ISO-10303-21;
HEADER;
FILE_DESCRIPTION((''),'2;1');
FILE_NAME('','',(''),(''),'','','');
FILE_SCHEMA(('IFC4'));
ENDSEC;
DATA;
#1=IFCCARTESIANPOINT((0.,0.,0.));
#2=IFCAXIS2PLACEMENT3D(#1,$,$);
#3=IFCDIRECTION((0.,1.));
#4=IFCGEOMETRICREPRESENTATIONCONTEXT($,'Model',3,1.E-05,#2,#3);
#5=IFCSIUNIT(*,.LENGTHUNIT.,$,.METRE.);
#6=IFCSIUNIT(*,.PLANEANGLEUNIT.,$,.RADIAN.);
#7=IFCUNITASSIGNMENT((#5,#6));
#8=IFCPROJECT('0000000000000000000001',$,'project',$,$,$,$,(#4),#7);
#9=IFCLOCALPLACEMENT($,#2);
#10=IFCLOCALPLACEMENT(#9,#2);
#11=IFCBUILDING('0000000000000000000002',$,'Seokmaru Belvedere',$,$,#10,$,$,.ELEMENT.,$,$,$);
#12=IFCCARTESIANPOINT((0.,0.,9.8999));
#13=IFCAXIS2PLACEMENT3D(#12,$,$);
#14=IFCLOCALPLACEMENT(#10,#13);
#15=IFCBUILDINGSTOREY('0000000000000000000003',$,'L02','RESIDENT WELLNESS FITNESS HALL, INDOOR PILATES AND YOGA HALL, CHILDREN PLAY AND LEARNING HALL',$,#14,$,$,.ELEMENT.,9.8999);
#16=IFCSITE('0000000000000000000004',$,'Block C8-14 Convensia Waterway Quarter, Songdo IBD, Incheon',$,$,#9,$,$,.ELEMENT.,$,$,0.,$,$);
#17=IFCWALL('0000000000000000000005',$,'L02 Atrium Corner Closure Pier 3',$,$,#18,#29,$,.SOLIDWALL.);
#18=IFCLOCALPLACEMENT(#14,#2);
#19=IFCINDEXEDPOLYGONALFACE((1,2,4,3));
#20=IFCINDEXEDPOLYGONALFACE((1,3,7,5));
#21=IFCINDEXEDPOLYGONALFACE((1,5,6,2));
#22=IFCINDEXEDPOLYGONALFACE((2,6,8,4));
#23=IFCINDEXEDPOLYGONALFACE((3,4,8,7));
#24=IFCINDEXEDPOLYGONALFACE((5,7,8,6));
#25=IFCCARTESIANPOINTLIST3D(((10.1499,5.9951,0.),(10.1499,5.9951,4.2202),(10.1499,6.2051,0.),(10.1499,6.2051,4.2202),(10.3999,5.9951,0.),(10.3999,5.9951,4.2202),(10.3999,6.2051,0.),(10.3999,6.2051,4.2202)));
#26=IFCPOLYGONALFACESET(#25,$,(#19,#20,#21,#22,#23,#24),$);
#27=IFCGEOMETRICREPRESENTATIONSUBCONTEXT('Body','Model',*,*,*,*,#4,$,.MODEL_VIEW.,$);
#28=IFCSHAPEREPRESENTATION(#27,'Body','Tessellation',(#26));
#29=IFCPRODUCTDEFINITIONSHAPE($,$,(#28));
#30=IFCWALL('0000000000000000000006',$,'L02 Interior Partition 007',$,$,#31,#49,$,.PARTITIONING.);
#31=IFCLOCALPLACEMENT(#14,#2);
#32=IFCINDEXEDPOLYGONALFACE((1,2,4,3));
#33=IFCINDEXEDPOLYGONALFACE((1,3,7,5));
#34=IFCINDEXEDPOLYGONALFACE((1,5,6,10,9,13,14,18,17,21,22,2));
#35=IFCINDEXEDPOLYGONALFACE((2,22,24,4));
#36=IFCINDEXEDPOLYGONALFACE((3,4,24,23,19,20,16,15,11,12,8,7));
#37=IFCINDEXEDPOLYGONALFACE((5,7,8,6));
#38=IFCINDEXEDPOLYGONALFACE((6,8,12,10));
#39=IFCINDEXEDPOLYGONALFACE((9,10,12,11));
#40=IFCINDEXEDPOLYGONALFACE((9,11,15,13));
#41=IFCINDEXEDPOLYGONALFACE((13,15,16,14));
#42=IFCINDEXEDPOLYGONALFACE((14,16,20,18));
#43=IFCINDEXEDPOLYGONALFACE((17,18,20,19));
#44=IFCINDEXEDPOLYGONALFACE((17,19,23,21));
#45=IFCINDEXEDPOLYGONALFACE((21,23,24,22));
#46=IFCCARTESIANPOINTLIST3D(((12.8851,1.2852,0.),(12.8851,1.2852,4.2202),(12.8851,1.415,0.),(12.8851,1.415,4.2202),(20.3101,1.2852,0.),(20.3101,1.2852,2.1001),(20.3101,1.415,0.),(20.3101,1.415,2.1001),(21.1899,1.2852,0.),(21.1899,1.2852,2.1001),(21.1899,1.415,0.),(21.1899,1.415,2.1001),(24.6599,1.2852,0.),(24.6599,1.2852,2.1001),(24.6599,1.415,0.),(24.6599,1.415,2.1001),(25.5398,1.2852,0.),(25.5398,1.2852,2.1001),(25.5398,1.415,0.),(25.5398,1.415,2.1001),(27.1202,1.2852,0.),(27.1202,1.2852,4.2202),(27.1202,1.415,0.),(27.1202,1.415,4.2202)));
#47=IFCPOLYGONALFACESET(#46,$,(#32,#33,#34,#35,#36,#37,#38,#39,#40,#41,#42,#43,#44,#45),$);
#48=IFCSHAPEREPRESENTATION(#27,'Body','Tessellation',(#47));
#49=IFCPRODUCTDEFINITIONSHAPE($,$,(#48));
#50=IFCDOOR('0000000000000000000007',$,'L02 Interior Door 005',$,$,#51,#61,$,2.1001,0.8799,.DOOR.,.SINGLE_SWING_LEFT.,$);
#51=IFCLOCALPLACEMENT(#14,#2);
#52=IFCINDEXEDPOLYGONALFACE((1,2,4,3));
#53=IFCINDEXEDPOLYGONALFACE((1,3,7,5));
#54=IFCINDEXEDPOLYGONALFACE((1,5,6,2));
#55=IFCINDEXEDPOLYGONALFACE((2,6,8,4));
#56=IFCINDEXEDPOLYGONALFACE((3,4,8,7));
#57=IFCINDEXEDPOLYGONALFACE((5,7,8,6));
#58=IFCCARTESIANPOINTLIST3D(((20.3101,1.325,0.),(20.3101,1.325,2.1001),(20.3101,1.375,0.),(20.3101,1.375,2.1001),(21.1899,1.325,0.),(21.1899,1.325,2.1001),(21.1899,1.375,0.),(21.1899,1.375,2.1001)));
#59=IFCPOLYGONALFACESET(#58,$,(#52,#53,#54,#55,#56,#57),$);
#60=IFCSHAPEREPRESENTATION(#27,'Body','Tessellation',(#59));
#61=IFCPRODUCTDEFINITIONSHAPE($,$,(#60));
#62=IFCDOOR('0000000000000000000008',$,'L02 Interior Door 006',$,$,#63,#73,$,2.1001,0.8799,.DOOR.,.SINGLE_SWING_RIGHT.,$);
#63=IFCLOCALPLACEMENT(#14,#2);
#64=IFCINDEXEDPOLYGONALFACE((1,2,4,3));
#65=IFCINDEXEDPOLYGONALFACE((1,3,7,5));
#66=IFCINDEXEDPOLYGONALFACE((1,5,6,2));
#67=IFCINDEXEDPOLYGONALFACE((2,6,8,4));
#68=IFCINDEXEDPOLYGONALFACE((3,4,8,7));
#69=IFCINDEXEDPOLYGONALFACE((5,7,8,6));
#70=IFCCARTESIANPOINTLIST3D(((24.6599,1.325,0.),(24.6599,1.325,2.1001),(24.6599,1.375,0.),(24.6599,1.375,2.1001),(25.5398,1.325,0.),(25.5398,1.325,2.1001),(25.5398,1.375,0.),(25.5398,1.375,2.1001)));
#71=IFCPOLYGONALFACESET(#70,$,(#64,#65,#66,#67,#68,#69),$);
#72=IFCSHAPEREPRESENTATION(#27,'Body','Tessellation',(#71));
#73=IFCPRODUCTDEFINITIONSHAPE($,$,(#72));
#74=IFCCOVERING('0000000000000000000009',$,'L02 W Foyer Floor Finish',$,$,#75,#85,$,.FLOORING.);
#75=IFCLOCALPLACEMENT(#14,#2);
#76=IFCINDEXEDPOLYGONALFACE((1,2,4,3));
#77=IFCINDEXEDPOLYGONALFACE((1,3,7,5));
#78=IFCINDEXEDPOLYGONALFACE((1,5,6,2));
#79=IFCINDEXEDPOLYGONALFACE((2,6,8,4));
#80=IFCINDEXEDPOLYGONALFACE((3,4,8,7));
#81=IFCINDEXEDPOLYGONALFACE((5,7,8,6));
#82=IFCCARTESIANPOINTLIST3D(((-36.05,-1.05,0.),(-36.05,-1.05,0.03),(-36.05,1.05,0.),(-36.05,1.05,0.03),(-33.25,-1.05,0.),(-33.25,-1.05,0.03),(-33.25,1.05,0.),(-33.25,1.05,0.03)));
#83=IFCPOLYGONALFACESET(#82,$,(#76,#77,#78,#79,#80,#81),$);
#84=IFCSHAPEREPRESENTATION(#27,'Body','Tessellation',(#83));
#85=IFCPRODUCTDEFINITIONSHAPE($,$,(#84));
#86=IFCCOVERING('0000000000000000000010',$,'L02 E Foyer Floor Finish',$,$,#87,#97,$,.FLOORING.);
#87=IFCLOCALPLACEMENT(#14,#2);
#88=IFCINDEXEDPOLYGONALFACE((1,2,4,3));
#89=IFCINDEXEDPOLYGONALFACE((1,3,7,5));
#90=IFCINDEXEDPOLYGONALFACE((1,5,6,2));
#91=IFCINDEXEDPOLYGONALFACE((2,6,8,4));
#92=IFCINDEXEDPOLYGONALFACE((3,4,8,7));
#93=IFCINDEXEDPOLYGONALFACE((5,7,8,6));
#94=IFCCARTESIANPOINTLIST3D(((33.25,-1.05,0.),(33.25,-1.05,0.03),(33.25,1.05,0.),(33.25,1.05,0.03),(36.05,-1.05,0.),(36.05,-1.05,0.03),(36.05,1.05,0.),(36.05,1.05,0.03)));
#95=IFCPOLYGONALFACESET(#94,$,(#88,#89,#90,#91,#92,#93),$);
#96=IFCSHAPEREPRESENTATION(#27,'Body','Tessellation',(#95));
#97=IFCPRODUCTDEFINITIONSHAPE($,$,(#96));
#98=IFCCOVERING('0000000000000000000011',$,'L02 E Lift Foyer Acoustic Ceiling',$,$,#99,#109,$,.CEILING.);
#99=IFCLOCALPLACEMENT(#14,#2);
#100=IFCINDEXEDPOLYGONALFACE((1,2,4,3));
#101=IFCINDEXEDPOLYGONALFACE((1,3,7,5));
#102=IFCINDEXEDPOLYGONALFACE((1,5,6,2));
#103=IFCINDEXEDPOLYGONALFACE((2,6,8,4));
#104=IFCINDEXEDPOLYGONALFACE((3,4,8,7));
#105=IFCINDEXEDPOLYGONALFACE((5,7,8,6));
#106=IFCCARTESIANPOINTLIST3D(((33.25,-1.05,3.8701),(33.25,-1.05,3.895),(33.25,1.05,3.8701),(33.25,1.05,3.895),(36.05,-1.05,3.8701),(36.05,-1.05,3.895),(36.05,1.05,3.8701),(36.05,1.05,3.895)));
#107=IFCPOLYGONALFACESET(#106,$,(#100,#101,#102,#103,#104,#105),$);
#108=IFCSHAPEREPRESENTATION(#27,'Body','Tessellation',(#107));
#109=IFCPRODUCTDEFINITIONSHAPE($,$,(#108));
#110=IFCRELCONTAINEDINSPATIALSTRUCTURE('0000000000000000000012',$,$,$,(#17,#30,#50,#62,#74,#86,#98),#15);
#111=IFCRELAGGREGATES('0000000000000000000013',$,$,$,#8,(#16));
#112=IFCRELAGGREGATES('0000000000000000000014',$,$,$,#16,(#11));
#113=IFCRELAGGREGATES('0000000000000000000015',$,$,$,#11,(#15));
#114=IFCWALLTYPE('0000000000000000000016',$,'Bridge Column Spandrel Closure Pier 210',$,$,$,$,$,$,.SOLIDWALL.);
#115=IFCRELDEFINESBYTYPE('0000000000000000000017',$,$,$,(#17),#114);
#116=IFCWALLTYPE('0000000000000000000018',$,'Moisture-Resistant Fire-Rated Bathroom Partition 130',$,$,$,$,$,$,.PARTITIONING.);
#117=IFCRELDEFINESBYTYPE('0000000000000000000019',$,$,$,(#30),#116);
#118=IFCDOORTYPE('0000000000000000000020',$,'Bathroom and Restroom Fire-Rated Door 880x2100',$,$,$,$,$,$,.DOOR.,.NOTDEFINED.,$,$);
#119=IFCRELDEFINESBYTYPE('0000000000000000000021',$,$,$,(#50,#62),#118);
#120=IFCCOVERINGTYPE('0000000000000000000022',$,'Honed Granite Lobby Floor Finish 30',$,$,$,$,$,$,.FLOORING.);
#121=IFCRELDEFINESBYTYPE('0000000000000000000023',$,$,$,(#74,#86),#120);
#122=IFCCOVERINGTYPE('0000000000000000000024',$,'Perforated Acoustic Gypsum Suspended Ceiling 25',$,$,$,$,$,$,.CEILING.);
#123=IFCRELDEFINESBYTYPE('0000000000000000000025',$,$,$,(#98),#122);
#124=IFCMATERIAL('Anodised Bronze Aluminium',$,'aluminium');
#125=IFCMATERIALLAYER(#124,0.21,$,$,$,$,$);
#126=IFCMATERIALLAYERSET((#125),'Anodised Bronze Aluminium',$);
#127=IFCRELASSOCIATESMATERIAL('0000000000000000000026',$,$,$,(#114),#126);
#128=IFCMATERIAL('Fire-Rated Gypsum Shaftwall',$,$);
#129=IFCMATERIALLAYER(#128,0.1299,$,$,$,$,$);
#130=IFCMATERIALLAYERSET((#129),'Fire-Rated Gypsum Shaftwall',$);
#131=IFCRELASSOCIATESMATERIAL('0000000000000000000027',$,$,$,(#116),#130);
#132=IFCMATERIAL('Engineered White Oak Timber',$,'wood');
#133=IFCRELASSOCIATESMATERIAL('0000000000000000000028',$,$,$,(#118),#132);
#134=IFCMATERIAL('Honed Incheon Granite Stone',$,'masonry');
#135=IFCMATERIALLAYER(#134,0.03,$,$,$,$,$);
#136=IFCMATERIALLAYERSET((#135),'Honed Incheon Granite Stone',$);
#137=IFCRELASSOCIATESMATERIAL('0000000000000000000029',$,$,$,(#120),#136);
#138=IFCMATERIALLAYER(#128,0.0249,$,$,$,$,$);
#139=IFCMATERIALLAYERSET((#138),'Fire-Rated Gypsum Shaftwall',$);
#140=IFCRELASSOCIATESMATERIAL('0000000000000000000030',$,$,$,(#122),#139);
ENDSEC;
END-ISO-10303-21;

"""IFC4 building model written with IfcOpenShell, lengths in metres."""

from ifc_helpers import new_model, si_unit, direction, frame, frame_2d, origin, place, context, subcontext, project, spatial, polyline, rectangle, outline, extrude, source, transform, mapped, material, layer, layer_set, type_object, type_shapes, element, fill, save


model = new_model("IFC4")

# Units and contexts
model_context = context("Model", 3, precision=1e-05, world=origin(), true_north=direction((0.0, 1.0)))
body_context = subcontext(model_context, "Body", "Model", "MODEL_VIEW")
ifc_project = project(units=[si_unit("LENGTHUNIT", "METRE"), si_unit("PLANEANGLEUNIT", "RADIAN")], contexts=[model_context])

# Site, building, storey
site_placement = place(None, origin())
site = spatial("IfcSite", under=ifc_project, at=site_placement, Name="Block C8-14 Convensia Waterway Quarter, Songdo IBD, Incheon", CompositionType="ELEMENT", RefElevation=0.0)
building_placement = place(site_placement, origin())
building = spatial("IfcBuilding", under=site, at=building_placement, Name="Seokmaru Belvedere", CompositionType="ELEMENT")
storey_placement = place(building_placement, frame((0.0, 0.0, 9.8999)))
storey = spatial("IfcBuildingStorey", under=building, at=storey_placement, Name="L02", Description="RESIDENT WELLNESS FITNESS HALL, INDOOR PILATES AND YOGA HALL, CHILDREN PLAY AND LEARNING HALL", CompositionType="ELEMENT", Elevation=9.8999)

# Shared definitions
ifc_material_1 = material(Name="Anodised Bronze Aluminium", Category="aluminium")

# Wall
ifc_material_2 = material(Name="Fire-Rated Gypsum Shaftwall")
ifc_layer_1 = layer(ifc_material_1, 0.21)
ifc_layer_set_1 = layer_set([ifc_layer_1], Name="Anodised Bronze Aluminium")
wall_type_1 = type_object("IfcWallType", Name="Bridge Column Spandrel Closure Pier 210", PredefinedType="SOLIDWALL", material=ifc_layer_set_1)
wall_1_placement = place(storey_placement, frame((10.3999, 6.1001, 0.0), z_axis=(0.0, 0.0, 1.0), x_axis=(-1.0, 0.0, 0.0)))
element("IfcWall", 1, at=wall_1_placement, inside=storey, type_object=wall_type_1, Name="L02 Atrium Corner Closure Pier 3", PredefinedType="SOLIDWALL", context=body_context, shape_type="SweptSolid", body=[
    extrude(rectangle(XDim=0.25, YDim=0.21, at=frame_2d((0.125, 0.0))), origin(), (0.0, 0.0, 1.0), 4.2202),
])

# Wall, openings, doors
ifc_layer_2 = layer(ifc_material_2, 0.1299)
ifc_layer_set_2 = layer_set([ifc_layer_2], Name="Fire-Rated Gypsum Shaftwall")
wall_type_2 = type_object("IfcWallType", Name="Moisture-Resistant Fire-Rated Bathroom Partition 130", PredefinedType="PARTITIONING", material=ifc_layer_set_2)
wall_2_placement = place(storey_placement, frame((12.885, 1.3501, 0.0), z_axis=(0.0, 0.0, 1.0), x_axis=(1.0, 0.0, 0.0)))
wall_2 = element("IfcWall", 2, at=wall_2_placement, inside=storey, type_object=wall_type_2, Name="L02 Interior Partition 007", PredefinedType="PARTITIONING", context=body_context, shape_type="SweptSolid", body=[
    extrude(rectangle(XDim=14.2351, YDim=0.1299, at=frame_2d((7.1177, 0.0))), origin(), (0.0, 0.0, 1.0), 4.2202),
])
opening_1_placement = place(wall_2_placement, frame((7.425, 0.0, 0.0)))
opening_1 = element("IfcOpeningElement", 3, at=opening_1_placement, cuts=wall_2, PredefinedType="OPENING", context=body_context, shape_type="SweptSolid", body=[
    extrude(rectangle(XDim=0.8799, YDim=2.1001, at=frame_2d((0.4399, 1.05))), frame((0.0, 0.075, 0.0), z_axis=(0.0, -1.0, 0.0), x_axis=(1.0, 0.0, 0.0)), (0.0, 0.0, 1.0), 0.1499),
])
opening_2_placement = place(wall_2_placement, frame((11.7749, 0.0, 0.0)))
opening_2 = element("IfcOpeningElement", 4, at=opening_2_placement, cuts=wall_2, PredefinedType="OPENING", context=body_context, shape_type="SweptSolid", body=[
    extrude(rectangle(XDim=0.8799, YDim=2.1001, at=frame_2d((0.4399, 1.05))), frame((0.0, 0.075, 0.0), z_axis=(0.0, -1.0, 0.0), x_axis=(1.0, 0.0, 0.0)), (0.0, 0.0, 1.0), 0.1499),
])
ifc_material_3 = material(Name="Engineered White Oak Timber", Category="wood")
door_type = type_object("IfcDoorType", Name="Bathroom and Restroom Fire-Rated Door 880x2100", OperationType="NOTDEFINED", PredefinedType="DOOR", material=ifc_material_3)
shared_shape_1 = source(origin(), body_context, "Body", "SweptSolid", [
    extrude(rectangle(XDim=0.8799, YDim=2.1001, at=frame_2d((0.4399, 1.05))), frame((0.0, 0.0249, 0.0), z_axis=(0.0, -1.0, 0.0), x_axis=(1.0, 0.0, 0.0)), (0.0, 0.0, 1.0), 0.05),
])
type_shapes(door_type, [shared_shape_1])
door_1_placement = place(opening_1_placement, origin())
door_1 = element("IfcDoor", 5, at=door_1_placement, inside=storey, type_object=door_type, Name="L02 Interior Door 005", OperationType="SINGLE_SWING_LEFT", OverallHeight=2.1001, OverallWidth=0.8799, PredefinedType="DOOR", context=body_context, shape_type="MappedRepresentation", body=[
    mapped(shared_shape_1, transform((0.0, 0.0, 0.0), scale=1.0)),
])
fill(opening_1, door_1)
door_2_placement = place(opening_2_placement, origin())
door_2 = element("IfcDoor", 6, at=door_2_placement, inside=storey, type_object=door_type, Name="L02 Interior Door 006", OperationType="SINGLE_SWING_RIGHT", OverallHeight=2.1001, OverallWidth=0.8799, PredefinedType="DOOR", context=body_context, shape_type="MappedRepresentation", body=[
    mapped(shared_shape_1, transform((0.0, 0.0, 0.0), scale=1.0)),
])
fill(opening_2, door_2)

# Coverings
ifc_material_4 = material(Name="Honed Incheon Granite Stone", Category="masonry")
ifc_layer_3 = layer(ifc_material_4, 0.03)
ifc_layer_set_3 = layer_set([ifc_layer_3], Name="Honed Incheon Granite Stone")
covering_type_1 = type_object("IfcCoveringType", Name="Honed Granite Lobby Floor Finish 30", PredefinedType="FLOORING", material=ifc_layer_set_3)
covering_1_placement = place(storey_placement, origin())
element("IfcCovering", 7, at=covering_1_placement, inside=storey, type_object=covering_type_1, Name="L02 W Foyer Floor Finish", PredefinedType="FLOORING", context=body_context, shape_type="SweptSolid", body=[
    extrude(outline(polyline([(-36.05, -1.05), (-33.25, -1.05), (-33.25, 1.05), (-36.05, 1.05), (-36.05, -1.05)])), origin(), (0.0, 0.0, 1.0), 0.03),
])
covering_2_placement = place(storey_placement, origin())
element("IfcCovering", 8, at=covering_2_placement, inside=storey, type_object=covering_type_1, Name="L02 E Foyer Floor Finish", PredefinedType="FLOORING", context=body_context, shape_type="SweptSolid", body=[
    extrude(outline(polyline([(33.25, -1.05), (36.05, -1.05), (36.05, 1.05), (33.25, 1.05), (33.25, -1.05)])), origin(), (0.0, 0.0, 1.0), 0.03),
])
ifc_layer_4 = layer(ifc_material_2, 0.0249)
ifc_layer_set_4 = layer_set([ifc_layer_4], Name="Fire-Rated Gypsum Shaftwall")
covering_type_2 = type_object("IfcCoveringType", Name="Perforated Acoustic Gypsum Suspended Ceiling 25", PredefinedType="CEILING", material=ifc_layer_set_4)
covering_3_placement = place(storey_placement, frame((0.0, 0.0, 3.8701)))
element("IfcCovering", 9, at=covering_3_placement, inside=storey, type_object=covering_type_2, Name="L02 E Lift Foyer Acoustic Ceiling", PredefinedType="CEILING", context=body_context, shape_type="SweptSolid", body=[
    extrude(outline(polyline([(33.25, -1.05), (36.05, -1.05), (36.05, 1.05), (33.25, 1.05), (33.25, -1.05)])), origin(), (0.0, 0.0, 1.0), 0.0249),
])

save(model, "model.ifc")
